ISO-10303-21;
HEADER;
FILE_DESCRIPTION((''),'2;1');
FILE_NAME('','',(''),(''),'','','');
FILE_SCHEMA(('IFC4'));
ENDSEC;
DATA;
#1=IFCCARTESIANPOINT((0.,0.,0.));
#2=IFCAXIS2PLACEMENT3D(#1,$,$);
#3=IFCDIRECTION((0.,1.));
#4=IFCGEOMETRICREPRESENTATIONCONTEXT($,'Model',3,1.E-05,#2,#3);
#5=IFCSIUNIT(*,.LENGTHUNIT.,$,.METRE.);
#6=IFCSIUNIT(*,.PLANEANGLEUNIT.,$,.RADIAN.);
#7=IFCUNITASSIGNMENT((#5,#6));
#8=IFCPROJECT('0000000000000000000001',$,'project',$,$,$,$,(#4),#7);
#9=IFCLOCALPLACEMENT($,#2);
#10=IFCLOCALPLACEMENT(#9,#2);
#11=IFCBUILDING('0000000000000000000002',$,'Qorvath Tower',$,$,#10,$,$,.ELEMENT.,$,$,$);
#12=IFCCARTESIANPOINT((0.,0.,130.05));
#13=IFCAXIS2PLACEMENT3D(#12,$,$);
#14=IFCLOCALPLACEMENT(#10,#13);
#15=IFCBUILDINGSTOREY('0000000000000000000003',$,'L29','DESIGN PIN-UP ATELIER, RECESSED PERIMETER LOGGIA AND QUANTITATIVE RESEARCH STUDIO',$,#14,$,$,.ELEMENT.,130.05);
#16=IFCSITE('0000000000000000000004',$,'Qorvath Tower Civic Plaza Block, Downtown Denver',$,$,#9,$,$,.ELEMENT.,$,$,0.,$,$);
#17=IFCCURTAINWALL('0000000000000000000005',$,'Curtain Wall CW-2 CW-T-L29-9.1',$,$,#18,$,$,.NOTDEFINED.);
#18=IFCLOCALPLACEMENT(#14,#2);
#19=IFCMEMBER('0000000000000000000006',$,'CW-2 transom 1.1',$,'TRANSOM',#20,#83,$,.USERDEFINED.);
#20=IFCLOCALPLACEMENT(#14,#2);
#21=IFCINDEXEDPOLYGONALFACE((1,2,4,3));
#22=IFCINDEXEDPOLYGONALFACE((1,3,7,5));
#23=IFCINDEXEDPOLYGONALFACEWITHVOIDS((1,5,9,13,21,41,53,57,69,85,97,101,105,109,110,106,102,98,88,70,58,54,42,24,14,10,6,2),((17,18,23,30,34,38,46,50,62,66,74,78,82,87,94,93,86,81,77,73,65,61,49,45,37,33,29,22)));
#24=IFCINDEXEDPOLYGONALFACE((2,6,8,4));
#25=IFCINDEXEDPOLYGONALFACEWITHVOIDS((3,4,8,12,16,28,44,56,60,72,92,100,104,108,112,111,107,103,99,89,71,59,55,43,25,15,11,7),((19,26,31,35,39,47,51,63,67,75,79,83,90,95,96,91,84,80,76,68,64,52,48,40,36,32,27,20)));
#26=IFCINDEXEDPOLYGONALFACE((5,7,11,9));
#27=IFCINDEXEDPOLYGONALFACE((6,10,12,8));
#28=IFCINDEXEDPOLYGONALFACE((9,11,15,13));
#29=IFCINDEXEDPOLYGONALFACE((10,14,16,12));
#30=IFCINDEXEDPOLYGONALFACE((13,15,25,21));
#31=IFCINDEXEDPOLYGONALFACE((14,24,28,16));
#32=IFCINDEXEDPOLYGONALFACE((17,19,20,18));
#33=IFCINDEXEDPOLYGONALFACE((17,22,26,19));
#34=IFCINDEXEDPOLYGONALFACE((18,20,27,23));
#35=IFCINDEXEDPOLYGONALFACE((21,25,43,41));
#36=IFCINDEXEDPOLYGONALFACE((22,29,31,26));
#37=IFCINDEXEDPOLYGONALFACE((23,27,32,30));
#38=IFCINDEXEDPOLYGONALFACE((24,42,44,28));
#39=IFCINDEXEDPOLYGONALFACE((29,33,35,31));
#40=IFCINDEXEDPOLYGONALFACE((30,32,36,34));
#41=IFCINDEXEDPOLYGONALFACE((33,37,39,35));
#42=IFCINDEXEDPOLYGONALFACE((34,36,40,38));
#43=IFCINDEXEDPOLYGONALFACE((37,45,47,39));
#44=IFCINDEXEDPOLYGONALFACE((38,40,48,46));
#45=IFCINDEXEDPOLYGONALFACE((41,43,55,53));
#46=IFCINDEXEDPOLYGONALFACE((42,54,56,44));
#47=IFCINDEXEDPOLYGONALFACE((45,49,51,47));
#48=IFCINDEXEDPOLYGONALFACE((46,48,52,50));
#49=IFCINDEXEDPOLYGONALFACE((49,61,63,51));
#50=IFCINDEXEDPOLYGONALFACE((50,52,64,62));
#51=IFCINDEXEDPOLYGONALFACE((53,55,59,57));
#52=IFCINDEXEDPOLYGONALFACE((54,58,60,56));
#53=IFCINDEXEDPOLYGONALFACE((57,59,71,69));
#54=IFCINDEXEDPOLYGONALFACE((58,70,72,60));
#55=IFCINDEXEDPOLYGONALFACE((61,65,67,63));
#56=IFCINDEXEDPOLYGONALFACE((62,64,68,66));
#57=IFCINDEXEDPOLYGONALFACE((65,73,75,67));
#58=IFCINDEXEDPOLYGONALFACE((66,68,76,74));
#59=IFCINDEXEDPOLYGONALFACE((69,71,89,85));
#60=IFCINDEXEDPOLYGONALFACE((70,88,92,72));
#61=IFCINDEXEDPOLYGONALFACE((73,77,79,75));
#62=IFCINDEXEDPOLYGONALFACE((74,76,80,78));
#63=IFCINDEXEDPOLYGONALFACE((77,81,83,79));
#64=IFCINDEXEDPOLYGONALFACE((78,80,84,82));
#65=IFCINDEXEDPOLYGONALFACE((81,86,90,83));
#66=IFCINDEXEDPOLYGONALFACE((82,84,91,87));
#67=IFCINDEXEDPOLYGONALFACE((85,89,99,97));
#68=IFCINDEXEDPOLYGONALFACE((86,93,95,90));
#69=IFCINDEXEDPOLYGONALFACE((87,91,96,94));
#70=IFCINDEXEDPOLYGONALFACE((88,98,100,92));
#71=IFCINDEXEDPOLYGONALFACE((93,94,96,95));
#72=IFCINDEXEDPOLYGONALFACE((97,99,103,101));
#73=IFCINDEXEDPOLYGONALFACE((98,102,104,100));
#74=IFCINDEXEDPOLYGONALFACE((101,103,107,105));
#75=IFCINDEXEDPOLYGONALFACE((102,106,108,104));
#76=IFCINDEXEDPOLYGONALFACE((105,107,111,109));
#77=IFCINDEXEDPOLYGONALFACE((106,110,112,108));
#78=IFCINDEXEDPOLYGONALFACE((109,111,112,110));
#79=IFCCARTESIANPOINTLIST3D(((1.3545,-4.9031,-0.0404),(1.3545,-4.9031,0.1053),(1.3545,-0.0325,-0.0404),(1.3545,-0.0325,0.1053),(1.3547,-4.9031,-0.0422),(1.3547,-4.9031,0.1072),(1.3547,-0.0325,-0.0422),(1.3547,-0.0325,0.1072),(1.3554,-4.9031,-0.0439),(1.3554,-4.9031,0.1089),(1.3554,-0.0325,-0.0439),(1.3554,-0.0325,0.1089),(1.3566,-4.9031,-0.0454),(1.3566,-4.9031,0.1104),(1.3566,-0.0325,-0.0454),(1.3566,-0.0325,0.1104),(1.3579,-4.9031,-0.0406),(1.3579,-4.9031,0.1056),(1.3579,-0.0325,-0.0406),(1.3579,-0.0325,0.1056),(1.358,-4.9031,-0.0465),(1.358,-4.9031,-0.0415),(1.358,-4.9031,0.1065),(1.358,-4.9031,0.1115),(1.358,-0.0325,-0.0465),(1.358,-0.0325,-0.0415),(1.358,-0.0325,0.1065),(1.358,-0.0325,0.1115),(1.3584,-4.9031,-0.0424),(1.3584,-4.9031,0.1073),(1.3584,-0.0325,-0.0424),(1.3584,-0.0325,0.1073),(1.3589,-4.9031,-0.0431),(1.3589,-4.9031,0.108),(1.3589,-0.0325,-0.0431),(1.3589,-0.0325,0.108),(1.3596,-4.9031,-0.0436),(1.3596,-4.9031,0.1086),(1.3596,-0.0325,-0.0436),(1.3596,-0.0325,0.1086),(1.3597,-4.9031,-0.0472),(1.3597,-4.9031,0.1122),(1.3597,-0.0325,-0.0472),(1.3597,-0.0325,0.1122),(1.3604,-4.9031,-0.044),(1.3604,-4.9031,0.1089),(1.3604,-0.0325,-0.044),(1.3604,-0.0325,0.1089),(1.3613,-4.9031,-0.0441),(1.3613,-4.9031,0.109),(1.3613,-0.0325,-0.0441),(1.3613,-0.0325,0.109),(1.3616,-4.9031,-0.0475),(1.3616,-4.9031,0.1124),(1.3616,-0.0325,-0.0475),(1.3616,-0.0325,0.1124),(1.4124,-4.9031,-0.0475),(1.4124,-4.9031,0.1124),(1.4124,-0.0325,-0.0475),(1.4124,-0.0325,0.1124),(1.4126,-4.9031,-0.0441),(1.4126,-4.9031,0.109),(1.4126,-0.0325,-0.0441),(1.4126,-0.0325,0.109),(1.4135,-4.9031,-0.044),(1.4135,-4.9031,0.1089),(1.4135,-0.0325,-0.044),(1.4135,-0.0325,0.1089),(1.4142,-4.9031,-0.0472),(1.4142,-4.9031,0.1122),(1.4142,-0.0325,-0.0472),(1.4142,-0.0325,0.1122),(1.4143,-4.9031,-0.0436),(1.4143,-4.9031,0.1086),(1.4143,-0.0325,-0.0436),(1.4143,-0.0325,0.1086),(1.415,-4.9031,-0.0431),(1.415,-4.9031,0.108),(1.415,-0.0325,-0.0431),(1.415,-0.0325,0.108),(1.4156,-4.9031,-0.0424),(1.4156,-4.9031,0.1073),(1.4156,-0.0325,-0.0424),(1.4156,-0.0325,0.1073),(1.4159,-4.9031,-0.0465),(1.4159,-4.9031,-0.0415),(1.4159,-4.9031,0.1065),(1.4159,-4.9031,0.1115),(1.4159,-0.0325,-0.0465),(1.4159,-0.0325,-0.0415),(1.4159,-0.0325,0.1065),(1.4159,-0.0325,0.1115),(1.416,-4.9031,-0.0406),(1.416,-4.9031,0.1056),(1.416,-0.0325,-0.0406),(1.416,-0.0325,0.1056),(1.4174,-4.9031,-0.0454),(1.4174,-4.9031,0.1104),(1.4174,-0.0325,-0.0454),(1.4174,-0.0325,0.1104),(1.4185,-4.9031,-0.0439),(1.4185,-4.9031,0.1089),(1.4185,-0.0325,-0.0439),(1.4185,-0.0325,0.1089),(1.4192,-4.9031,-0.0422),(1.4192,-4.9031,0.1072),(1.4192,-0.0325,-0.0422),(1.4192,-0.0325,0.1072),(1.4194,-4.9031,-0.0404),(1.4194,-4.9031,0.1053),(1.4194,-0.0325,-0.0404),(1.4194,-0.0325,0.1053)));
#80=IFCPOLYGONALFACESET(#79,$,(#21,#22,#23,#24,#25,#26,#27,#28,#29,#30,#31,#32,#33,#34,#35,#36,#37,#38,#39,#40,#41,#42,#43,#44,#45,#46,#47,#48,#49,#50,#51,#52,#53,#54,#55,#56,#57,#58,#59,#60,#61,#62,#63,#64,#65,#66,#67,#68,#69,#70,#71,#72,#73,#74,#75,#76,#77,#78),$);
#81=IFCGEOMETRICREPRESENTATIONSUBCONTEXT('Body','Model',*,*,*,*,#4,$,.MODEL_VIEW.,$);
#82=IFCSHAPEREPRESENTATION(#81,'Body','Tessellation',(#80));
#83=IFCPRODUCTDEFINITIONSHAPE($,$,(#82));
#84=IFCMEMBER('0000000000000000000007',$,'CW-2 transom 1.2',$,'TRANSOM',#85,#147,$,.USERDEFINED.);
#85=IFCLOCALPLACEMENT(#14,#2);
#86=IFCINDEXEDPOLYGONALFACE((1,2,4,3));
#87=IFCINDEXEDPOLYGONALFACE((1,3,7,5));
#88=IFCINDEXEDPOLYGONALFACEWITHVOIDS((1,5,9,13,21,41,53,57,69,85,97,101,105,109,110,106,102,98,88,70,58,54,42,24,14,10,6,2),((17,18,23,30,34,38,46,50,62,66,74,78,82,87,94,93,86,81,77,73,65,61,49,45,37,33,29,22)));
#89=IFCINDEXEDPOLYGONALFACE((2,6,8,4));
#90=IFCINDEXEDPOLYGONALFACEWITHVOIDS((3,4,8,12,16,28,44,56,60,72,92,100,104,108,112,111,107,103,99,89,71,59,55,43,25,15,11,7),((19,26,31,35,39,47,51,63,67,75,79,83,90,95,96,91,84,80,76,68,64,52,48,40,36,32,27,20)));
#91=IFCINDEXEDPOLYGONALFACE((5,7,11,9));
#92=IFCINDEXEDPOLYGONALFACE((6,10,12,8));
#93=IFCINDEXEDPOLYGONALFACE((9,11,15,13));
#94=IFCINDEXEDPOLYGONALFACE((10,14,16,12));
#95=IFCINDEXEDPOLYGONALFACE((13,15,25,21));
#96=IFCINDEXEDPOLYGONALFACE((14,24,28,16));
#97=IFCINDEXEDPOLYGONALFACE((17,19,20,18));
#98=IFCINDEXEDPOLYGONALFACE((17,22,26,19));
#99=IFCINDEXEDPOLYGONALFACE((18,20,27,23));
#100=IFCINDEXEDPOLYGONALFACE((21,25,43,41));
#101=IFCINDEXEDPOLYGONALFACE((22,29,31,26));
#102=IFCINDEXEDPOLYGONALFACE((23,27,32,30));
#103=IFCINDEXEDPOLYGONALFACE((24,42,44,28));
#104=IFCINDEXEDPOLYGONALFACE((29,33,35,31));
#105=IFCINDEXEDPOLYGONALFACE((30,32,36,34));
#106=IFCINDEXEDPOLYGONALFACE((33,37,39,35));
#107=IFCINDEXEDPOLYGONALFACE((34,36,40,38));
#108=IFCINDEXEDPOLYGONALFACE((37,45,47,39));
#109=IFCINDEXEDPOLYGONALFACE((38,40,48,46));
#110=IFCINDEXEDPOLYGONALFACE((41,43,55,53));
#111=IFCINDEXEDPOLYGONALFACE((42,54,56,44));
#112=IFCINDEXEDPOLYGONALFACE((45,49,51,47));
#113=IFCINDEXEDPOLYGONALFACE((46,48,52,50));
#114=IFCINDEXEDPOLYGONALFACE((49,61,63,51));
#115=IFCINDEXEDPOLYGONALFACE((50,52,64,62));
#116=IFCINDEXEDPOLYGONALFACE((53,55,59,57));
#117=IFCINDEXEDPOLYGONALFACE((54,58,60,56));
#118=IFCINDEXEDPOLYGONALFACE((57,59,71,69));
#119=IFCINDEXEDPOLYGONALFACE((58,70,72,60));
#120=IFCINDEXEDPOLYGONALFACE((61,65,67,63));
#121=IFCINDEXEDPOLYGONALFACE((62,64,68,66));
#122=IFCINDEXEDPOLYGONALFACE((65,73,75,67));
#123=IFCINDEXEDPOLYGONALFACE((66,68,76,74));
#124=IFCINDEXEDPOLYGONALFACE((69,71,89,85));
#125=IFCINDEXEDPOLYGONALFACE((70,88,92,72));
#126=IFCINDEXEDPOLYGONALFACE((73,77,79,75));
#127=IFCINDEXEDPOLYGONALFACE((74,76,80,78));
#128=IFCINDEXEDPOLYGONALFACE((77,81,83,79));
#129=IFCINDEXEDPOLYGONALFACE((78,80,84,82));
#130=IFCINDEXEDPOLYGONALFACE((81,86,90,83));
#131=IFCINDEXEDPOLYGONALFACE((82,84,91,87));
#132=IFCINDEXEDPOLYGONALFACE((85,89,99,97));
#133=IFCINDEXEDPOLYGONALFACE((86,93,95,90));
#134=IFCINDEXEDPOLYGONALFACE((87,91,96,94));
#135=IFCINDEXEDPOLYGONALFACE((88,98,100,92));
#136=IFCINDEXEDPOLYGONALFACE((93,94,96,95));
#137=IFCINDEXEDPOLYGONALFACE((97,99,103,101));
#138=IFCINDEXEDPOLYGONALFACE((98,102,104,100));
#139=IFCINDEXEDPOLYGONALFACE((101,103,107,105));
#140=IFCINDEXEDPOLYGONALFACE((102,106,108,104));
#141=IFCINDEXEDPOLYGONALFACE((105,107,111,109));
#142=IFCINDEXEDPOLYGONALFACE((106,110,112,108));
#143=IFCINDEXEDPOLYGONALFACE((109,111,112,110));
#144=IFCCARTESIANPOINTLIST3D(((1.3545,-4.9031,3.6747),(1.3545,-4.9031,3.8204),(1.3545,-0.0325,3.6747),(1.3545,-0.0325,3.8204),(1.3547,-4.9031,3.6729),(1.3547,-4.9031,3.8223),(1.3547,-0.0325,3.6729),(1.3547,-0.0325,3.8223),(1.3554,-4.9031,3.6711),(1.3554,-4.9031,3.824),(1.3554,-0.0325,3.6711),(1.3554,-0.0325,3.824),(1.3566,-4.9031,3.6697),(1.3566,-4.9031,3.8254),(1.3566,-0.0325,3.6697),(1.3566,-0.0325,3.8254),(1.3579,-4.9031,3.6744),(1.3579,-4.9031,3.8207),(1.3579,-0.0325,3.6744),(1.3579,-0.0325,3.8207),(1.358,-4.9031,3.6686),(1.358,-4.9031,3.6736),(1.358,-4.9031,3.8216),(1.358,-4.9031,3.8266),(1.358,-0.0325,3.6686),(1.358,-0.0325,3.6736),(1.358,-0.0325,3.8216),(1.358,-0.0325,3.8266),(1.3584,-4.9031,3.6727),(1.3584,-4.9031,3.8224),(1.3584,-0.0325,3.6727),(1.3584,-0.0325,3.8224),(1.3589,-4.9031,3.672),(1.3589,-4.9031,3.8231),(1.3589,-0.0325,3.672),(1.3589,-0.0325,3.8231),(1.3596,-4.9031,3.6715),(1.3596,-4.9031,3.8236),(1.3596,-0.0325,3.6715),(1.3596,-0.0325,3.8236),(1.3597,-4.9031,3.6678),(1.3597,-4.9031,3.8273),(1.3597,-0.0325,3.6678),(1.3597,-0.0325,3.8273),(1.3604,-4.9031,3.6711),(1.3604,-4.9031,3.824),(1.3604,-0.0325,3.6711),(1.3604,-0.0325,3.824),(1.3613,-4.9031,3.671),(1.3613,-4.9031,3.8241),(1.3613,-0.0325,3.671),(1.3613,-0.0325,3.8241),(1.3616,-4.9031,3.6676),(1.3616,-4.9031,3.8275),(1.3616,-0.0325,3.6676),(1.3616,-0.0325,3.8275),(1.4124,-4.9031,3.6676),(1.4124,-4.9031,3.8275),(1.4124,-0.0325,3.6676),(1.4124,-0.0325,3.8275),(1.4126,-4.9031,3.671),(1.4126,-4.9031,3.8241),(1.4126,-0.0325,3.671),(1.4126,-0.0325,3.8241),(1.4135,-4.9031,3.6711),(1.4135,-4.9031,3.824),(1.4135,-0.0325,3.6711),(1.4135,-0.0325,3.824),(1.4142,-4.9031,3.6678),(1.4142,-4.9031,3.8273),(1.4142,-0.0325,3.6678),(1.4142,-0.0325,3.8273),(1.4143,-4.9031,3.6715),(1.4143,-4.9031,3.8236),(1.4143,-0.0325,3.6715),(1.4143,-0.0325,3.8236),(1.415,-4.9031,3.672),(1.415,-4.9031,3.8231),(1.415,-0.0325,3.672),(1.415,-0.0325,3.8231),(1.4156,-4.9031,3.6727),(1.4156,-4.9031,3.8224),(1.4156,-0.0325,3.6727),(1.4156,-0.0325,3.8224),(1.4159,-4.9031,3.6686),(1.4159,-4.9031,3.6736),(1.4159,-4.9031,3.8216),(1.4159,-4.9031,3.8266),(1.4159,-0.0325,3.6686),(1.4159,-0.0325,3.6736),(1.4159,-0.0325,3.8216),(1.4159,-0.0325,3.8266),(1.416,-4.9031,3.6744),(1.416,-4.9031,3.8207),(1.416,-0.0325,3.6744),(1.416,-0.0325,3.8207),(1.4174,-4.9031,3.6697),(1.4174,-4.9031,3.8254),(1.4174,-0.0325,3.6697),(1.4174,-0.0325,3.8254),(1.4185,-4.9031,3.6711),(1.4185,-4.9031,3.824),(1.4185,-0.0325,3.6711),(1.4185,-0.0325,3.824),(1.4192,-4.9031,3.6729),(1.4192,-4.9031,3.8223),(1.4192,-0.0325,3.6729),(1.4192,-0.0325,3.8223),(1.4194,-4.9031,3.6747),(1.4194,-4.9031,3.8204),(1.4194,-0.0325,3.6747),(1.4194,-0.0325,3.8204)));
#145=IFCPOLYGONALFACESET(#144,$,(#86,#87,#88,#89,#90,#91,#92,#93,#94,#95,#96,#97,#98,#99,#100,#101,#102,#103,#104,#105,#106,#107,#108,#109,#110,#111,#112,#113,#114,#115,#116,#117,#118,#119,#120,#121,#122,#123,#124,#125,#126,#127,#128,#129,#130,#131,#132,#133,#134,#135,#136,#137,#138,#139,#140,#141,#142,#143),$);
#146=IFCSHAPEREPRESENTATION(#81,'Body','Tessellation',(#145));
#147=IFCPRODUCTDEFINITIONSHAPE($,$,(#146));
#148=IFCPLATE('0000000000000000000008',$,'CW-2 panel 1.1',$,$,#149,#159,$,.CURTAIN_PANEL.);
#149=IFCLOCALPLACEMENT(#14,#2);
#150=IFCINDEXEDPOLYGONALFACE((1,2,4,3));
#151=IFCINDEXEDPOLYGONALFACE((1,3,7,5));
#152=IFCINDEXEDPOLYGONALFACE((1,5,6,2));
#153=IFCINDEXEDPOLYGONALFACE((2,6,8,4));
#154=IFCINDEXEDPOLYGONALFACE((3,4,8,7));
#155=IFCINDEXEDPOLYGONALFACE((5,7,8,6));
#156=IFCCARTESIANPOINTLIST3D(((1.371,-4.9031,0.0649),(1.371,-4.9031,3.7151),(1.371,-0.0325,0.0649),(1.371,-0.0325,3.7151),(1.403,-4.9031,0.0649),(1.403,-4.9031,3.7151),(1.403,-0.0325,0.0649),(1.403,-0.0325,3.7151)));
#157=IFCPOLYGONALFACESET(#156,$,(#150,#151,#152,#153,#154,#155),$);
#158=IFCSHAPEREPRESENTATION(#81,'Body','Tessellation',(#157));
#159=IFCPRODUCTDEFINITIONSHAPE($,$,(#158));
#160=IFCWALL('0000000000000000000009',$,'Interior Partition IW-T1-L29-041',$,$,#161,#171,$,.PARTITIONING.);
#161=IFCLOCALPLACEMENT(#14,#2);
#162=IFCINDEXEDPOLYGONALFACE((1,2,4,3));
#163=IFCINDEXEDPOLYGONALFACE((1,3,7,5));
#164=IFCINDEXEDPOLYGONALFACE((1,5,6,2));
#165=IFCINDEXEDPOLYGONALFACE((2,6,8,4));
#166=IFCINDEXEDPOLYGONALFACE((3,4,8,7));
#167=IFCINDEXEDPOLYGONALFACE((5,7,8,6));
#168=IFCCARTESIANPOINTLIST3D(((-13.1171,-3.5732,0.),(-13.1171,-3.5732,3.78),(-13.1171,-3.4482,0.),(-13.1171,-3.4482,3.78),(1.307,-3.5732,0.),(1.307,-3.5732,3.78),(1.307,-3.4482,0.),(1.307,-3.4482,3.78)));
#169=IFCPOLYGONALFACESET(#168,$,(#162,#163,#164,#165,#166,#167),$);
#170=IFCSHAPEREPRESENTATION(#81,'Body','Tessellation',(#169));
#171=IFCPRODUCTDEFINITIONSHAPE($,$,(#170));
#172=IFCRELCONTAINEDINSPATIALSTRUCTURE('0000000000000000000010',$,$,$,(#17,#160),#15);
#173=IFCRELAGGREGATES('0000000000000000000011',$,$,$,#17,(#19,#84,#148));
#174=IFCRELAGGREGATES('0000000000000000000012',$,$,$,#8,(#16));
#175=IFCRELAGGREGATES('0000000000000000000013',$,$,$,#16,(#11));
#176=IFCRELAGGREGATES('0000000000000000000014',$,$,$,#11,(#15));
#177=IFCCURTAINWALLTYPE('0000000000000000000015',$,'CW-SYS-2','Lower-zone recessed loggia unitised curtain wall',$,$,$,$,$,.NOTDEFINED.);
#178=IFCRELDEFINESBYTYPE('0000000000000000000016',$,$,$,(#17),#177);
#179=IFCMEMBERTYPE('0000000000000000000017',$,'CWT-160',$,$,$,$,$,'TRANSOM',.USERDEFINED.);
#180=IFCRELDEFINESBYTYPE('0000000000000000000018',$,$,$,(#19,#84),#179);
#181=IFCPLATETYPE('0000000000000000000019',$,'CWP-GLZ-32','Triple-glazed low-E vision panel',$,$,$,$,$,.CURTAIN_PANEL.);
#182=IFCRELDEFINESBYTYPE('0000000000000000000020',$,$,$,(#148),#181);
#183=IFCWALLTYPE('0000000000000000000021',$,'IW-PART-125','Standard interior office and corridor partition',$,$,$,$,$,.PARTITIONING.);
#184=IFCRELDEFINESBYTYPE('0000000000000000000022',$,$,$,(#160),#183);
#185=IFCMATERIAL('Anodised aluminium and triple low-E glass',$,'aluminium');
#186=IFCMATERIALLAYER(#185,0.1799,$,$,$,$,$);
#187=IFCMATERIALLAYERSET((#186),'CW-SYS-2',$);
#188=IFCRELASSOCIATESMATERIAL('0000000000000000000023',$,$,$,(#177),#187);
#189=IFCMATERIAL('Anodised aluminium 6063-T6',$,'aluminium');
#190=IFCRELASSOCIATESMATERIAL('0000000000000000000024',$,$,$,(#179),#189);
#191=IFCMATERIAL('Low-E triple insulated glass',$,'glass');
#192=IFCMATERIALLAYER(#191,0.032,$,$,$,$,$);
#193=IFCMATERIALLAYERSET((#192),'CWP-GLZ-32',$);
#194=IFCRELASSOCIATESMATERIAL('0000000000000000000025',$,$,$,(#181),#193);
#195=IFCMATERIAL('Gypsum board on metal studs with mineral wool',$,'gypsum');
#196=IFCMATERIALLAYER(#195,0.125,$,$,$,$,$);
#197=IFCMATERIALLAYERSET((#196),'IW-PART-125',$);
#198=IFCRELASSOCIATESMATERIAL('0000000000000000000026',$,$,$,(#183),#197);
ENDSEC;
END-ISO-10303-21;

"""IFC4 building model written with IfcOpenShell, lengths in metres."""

from ifc_helpers import new_model, si_unit, direction, frame, frame_2d, origin, origin_2d, place, context, subcontext, project, spatial, rectangle, hollow_rectangle, extrude, material, layer, layer_set, material_profile, profile_set, type_object, element, aggregate, save


model = new_model("IFC4")

# Units and contexts
model_context = context("Model", 3, precision=1e-05, world=origin(), true_north=direction((0.0, 1.0)))
body_context = subcontext(model_context, "Body", "Model", "MODEL_VIEW")
ifc_project = project(units=[si_unit("LENGTHUNIT", "METRE"), si_unit("PLANEANGLEUNIT", "RADIAN")], contexts=[model_context])

# Site, building, storey
site_placement = place(None, origin())
site = spatial("IfcSite", under=ifc_project, at=site_placement, Name="Qorvath Tower Civic Plaza Block, Downtown Denver", CompositionType="ELEMENT", RefElevation=0.0)
building_placement = place(site_placement, origin())
building = spatial("IfcBuilding", under=site, at=building_placement, Name="Qorvath Tower", CompositionType="ELEMENT")
storey_placement = place(building_placement, frame((0.0, 0.0, 130.05)))
storey = spatial("IfcBuildingStorey", under=building, at=storey_placement, Name="L29", Description="DESIGN PIN-UP ATELIER, RECESSED PERIMETER LOGGIA AND QUANTITATIVE RESEARCH STUDIO", CompositionType="ELEMENT", Elevation=130.05)

# Curtain wall, members, plate
ifc_material_1 = material(Name="Anodised aluminium and triple low-E glass", Category="aluminium")
ifc_layer_1 = layer(ifc_material_1, 0.1799)
ifc_layer_set_1 = layer_set([ifc_layer_1], Name="CW-SYS-2")
curtain_wall_type = type_object("IfcCurtainWallType", Name="CW-SYS-2", Description="Lower-zone recessed loggia unitised curtain wall", PredefinedType="NOTDEFINED", material=ifc_layer_set_1)
curtain_wall_placement = place(storey_placement, origin())
curtain_wall = element("IfcCurtainWall", 1, at=curtain_wall_placement, inside=storey, type_object=curtain_wall_type, Name="Curtain Wall CW-2 CW-T-L29-9.1", PredefinedType="NOTDEFINED")
ifc_material_2 = material(Name="Anodised aluminium 6063-T6", Category="aluminium")
ifc_material_profile = material_profile(ifc_material_2, hollow_rectangle(XDim=0.0649, YDim=0.1599, WallThickness=0.0034, InnerFilletRadius=0.0034, OuterFilletRadius=0.0071, at=origin_2d()), Name="CWT 160x65")
ifc_profile_set = profile_set([ifc_material_profile], Name="Anodised aluminium 6063-T6")
member_type = type_object("IfcMemberType", Name="CWT-160", ElementType="TRANSOM", PredefinedType="USERDEFINED", material=ifc_profile_set)
member_1_placement = place(storey_placement, frame((1.387, -4.9031, 0.0325), z_axis=(0.0, 1.0, 0.0), x_axis=(-1.0, 0.0, 0.0)))
member_1 = element("IfcMember", 2, at=member_1_placement, type_object=member_type, Name="CW-2 transom 1.1", ObjectType="TRANSOM", PredefinedType="USERDEFINED", context=body_context, shape_type="SweptSolid", body=[
    extrude(hollow_rectangle(XDim=0.0649, YDim=0.1599, WallThickness=0.0034, InnerFilletRadius=0.0034, OuterFilletRadius=0.0071, at=origin_2d()), origin(), (0.0, 0.0, 1.0), 4.8706),
])
member_2_placement = place(storey_placement, frame((1.387, -4.9031, 3.7476), z_axis=(0.0, 1.0, 0.0), x_axis=(-1.0, 0.0, 0.0)))
member_2 = element("IfcMember", 3, at=member_2_placement, type_object=member_type, Name="CW-2 transom 1.2", ObjectType="TRANSOM", PredefinedType="USERDEFINED", context=body_context, shape_type="SweptSolid", body=[
    extrude(hollow_rectangle(XDim=0.0649, YDim=0.1599, WallThickness=0.0034, InnerFilletRadius=0.0034, OuterFilletRadius=0.0071, at=origin_2d()), origin(), (0.0, 0.0, 1.0), 4.8706),
])
ifc_material_3 = material(Name="Low-E triple insulated glass", Category="glass")
ifc_layer_2 = layer(ifc_material_3, 0.032)
ifc_layer_set_2 = layer_set([ifc_layer_2], Name="CWP-GLZ-32")
plate_type = type_object("IfcPlateType", Name="CWP-GLZ-32", Description="Triple-glazed low-E vision panel", PredefinedType="CURTAIN_PANEL", material=ifc_layer_set_2)
plate_placement = place(storey_placement, frame((1.387, -2.4678, 0.0649), z_axis=(0.0, 0.0, 1.0), x_axis=(0.0, 1.0, 0.0)))
plate = element("IfcPlate", 4, at=plate_placement, type_object=plate_type, Name="CW-2 panel 1.1", PredefinedType="CURTAIN_PANEL", context=body_context, shape_type="SweptSolid", body=[
    extrude(rectangle(XDim=4.8706, YDim=0.032, at=origin_2d()), origin(), (0.0, 0.0, 1.0), 3.6501),
])
aggregate(curtain_wall, [member_1, member_2, plate])

# Wall
ifc_material_4 = material(Name="Gypsum board on metal studs with mineral wool", Category="gypsum")
ifc_layer_3 = layer(ifc_material_4, 0.125)
ifc_layer_set_3 = layer_set([ifc_layer_3], Name="IW-PART-125")
wall_type = type_object("IfcWallType", Name="IW-PART-125", Description="Standard interior office and corridor partition", PredefinedType="PARTITIONING", material=ifc_layer_set_3)
wall_placement = place(storey_placement, frame((1.3069, -3.5107, 0.0), z_axis=(0.0, 0.0, 1.0), x_axis=(-1.0, 0.0, 0.0)))
element("IfcWall", 5, at=wall_placement, inside=storey, type_object=wall_type, Name="Interior Partition IW-T1-L29-041", PredefinedType="PARTITIONING", context=body_context, shape_type="SweptSolid", body=[
    extrude(rectangle(XDim=14.4241, YDim=0.125, at=frame_2d((7.2119, 0.0))), origin(), (0.0, 0.0, 1.0), 3.78),
])

save(model, "model.ifc")
